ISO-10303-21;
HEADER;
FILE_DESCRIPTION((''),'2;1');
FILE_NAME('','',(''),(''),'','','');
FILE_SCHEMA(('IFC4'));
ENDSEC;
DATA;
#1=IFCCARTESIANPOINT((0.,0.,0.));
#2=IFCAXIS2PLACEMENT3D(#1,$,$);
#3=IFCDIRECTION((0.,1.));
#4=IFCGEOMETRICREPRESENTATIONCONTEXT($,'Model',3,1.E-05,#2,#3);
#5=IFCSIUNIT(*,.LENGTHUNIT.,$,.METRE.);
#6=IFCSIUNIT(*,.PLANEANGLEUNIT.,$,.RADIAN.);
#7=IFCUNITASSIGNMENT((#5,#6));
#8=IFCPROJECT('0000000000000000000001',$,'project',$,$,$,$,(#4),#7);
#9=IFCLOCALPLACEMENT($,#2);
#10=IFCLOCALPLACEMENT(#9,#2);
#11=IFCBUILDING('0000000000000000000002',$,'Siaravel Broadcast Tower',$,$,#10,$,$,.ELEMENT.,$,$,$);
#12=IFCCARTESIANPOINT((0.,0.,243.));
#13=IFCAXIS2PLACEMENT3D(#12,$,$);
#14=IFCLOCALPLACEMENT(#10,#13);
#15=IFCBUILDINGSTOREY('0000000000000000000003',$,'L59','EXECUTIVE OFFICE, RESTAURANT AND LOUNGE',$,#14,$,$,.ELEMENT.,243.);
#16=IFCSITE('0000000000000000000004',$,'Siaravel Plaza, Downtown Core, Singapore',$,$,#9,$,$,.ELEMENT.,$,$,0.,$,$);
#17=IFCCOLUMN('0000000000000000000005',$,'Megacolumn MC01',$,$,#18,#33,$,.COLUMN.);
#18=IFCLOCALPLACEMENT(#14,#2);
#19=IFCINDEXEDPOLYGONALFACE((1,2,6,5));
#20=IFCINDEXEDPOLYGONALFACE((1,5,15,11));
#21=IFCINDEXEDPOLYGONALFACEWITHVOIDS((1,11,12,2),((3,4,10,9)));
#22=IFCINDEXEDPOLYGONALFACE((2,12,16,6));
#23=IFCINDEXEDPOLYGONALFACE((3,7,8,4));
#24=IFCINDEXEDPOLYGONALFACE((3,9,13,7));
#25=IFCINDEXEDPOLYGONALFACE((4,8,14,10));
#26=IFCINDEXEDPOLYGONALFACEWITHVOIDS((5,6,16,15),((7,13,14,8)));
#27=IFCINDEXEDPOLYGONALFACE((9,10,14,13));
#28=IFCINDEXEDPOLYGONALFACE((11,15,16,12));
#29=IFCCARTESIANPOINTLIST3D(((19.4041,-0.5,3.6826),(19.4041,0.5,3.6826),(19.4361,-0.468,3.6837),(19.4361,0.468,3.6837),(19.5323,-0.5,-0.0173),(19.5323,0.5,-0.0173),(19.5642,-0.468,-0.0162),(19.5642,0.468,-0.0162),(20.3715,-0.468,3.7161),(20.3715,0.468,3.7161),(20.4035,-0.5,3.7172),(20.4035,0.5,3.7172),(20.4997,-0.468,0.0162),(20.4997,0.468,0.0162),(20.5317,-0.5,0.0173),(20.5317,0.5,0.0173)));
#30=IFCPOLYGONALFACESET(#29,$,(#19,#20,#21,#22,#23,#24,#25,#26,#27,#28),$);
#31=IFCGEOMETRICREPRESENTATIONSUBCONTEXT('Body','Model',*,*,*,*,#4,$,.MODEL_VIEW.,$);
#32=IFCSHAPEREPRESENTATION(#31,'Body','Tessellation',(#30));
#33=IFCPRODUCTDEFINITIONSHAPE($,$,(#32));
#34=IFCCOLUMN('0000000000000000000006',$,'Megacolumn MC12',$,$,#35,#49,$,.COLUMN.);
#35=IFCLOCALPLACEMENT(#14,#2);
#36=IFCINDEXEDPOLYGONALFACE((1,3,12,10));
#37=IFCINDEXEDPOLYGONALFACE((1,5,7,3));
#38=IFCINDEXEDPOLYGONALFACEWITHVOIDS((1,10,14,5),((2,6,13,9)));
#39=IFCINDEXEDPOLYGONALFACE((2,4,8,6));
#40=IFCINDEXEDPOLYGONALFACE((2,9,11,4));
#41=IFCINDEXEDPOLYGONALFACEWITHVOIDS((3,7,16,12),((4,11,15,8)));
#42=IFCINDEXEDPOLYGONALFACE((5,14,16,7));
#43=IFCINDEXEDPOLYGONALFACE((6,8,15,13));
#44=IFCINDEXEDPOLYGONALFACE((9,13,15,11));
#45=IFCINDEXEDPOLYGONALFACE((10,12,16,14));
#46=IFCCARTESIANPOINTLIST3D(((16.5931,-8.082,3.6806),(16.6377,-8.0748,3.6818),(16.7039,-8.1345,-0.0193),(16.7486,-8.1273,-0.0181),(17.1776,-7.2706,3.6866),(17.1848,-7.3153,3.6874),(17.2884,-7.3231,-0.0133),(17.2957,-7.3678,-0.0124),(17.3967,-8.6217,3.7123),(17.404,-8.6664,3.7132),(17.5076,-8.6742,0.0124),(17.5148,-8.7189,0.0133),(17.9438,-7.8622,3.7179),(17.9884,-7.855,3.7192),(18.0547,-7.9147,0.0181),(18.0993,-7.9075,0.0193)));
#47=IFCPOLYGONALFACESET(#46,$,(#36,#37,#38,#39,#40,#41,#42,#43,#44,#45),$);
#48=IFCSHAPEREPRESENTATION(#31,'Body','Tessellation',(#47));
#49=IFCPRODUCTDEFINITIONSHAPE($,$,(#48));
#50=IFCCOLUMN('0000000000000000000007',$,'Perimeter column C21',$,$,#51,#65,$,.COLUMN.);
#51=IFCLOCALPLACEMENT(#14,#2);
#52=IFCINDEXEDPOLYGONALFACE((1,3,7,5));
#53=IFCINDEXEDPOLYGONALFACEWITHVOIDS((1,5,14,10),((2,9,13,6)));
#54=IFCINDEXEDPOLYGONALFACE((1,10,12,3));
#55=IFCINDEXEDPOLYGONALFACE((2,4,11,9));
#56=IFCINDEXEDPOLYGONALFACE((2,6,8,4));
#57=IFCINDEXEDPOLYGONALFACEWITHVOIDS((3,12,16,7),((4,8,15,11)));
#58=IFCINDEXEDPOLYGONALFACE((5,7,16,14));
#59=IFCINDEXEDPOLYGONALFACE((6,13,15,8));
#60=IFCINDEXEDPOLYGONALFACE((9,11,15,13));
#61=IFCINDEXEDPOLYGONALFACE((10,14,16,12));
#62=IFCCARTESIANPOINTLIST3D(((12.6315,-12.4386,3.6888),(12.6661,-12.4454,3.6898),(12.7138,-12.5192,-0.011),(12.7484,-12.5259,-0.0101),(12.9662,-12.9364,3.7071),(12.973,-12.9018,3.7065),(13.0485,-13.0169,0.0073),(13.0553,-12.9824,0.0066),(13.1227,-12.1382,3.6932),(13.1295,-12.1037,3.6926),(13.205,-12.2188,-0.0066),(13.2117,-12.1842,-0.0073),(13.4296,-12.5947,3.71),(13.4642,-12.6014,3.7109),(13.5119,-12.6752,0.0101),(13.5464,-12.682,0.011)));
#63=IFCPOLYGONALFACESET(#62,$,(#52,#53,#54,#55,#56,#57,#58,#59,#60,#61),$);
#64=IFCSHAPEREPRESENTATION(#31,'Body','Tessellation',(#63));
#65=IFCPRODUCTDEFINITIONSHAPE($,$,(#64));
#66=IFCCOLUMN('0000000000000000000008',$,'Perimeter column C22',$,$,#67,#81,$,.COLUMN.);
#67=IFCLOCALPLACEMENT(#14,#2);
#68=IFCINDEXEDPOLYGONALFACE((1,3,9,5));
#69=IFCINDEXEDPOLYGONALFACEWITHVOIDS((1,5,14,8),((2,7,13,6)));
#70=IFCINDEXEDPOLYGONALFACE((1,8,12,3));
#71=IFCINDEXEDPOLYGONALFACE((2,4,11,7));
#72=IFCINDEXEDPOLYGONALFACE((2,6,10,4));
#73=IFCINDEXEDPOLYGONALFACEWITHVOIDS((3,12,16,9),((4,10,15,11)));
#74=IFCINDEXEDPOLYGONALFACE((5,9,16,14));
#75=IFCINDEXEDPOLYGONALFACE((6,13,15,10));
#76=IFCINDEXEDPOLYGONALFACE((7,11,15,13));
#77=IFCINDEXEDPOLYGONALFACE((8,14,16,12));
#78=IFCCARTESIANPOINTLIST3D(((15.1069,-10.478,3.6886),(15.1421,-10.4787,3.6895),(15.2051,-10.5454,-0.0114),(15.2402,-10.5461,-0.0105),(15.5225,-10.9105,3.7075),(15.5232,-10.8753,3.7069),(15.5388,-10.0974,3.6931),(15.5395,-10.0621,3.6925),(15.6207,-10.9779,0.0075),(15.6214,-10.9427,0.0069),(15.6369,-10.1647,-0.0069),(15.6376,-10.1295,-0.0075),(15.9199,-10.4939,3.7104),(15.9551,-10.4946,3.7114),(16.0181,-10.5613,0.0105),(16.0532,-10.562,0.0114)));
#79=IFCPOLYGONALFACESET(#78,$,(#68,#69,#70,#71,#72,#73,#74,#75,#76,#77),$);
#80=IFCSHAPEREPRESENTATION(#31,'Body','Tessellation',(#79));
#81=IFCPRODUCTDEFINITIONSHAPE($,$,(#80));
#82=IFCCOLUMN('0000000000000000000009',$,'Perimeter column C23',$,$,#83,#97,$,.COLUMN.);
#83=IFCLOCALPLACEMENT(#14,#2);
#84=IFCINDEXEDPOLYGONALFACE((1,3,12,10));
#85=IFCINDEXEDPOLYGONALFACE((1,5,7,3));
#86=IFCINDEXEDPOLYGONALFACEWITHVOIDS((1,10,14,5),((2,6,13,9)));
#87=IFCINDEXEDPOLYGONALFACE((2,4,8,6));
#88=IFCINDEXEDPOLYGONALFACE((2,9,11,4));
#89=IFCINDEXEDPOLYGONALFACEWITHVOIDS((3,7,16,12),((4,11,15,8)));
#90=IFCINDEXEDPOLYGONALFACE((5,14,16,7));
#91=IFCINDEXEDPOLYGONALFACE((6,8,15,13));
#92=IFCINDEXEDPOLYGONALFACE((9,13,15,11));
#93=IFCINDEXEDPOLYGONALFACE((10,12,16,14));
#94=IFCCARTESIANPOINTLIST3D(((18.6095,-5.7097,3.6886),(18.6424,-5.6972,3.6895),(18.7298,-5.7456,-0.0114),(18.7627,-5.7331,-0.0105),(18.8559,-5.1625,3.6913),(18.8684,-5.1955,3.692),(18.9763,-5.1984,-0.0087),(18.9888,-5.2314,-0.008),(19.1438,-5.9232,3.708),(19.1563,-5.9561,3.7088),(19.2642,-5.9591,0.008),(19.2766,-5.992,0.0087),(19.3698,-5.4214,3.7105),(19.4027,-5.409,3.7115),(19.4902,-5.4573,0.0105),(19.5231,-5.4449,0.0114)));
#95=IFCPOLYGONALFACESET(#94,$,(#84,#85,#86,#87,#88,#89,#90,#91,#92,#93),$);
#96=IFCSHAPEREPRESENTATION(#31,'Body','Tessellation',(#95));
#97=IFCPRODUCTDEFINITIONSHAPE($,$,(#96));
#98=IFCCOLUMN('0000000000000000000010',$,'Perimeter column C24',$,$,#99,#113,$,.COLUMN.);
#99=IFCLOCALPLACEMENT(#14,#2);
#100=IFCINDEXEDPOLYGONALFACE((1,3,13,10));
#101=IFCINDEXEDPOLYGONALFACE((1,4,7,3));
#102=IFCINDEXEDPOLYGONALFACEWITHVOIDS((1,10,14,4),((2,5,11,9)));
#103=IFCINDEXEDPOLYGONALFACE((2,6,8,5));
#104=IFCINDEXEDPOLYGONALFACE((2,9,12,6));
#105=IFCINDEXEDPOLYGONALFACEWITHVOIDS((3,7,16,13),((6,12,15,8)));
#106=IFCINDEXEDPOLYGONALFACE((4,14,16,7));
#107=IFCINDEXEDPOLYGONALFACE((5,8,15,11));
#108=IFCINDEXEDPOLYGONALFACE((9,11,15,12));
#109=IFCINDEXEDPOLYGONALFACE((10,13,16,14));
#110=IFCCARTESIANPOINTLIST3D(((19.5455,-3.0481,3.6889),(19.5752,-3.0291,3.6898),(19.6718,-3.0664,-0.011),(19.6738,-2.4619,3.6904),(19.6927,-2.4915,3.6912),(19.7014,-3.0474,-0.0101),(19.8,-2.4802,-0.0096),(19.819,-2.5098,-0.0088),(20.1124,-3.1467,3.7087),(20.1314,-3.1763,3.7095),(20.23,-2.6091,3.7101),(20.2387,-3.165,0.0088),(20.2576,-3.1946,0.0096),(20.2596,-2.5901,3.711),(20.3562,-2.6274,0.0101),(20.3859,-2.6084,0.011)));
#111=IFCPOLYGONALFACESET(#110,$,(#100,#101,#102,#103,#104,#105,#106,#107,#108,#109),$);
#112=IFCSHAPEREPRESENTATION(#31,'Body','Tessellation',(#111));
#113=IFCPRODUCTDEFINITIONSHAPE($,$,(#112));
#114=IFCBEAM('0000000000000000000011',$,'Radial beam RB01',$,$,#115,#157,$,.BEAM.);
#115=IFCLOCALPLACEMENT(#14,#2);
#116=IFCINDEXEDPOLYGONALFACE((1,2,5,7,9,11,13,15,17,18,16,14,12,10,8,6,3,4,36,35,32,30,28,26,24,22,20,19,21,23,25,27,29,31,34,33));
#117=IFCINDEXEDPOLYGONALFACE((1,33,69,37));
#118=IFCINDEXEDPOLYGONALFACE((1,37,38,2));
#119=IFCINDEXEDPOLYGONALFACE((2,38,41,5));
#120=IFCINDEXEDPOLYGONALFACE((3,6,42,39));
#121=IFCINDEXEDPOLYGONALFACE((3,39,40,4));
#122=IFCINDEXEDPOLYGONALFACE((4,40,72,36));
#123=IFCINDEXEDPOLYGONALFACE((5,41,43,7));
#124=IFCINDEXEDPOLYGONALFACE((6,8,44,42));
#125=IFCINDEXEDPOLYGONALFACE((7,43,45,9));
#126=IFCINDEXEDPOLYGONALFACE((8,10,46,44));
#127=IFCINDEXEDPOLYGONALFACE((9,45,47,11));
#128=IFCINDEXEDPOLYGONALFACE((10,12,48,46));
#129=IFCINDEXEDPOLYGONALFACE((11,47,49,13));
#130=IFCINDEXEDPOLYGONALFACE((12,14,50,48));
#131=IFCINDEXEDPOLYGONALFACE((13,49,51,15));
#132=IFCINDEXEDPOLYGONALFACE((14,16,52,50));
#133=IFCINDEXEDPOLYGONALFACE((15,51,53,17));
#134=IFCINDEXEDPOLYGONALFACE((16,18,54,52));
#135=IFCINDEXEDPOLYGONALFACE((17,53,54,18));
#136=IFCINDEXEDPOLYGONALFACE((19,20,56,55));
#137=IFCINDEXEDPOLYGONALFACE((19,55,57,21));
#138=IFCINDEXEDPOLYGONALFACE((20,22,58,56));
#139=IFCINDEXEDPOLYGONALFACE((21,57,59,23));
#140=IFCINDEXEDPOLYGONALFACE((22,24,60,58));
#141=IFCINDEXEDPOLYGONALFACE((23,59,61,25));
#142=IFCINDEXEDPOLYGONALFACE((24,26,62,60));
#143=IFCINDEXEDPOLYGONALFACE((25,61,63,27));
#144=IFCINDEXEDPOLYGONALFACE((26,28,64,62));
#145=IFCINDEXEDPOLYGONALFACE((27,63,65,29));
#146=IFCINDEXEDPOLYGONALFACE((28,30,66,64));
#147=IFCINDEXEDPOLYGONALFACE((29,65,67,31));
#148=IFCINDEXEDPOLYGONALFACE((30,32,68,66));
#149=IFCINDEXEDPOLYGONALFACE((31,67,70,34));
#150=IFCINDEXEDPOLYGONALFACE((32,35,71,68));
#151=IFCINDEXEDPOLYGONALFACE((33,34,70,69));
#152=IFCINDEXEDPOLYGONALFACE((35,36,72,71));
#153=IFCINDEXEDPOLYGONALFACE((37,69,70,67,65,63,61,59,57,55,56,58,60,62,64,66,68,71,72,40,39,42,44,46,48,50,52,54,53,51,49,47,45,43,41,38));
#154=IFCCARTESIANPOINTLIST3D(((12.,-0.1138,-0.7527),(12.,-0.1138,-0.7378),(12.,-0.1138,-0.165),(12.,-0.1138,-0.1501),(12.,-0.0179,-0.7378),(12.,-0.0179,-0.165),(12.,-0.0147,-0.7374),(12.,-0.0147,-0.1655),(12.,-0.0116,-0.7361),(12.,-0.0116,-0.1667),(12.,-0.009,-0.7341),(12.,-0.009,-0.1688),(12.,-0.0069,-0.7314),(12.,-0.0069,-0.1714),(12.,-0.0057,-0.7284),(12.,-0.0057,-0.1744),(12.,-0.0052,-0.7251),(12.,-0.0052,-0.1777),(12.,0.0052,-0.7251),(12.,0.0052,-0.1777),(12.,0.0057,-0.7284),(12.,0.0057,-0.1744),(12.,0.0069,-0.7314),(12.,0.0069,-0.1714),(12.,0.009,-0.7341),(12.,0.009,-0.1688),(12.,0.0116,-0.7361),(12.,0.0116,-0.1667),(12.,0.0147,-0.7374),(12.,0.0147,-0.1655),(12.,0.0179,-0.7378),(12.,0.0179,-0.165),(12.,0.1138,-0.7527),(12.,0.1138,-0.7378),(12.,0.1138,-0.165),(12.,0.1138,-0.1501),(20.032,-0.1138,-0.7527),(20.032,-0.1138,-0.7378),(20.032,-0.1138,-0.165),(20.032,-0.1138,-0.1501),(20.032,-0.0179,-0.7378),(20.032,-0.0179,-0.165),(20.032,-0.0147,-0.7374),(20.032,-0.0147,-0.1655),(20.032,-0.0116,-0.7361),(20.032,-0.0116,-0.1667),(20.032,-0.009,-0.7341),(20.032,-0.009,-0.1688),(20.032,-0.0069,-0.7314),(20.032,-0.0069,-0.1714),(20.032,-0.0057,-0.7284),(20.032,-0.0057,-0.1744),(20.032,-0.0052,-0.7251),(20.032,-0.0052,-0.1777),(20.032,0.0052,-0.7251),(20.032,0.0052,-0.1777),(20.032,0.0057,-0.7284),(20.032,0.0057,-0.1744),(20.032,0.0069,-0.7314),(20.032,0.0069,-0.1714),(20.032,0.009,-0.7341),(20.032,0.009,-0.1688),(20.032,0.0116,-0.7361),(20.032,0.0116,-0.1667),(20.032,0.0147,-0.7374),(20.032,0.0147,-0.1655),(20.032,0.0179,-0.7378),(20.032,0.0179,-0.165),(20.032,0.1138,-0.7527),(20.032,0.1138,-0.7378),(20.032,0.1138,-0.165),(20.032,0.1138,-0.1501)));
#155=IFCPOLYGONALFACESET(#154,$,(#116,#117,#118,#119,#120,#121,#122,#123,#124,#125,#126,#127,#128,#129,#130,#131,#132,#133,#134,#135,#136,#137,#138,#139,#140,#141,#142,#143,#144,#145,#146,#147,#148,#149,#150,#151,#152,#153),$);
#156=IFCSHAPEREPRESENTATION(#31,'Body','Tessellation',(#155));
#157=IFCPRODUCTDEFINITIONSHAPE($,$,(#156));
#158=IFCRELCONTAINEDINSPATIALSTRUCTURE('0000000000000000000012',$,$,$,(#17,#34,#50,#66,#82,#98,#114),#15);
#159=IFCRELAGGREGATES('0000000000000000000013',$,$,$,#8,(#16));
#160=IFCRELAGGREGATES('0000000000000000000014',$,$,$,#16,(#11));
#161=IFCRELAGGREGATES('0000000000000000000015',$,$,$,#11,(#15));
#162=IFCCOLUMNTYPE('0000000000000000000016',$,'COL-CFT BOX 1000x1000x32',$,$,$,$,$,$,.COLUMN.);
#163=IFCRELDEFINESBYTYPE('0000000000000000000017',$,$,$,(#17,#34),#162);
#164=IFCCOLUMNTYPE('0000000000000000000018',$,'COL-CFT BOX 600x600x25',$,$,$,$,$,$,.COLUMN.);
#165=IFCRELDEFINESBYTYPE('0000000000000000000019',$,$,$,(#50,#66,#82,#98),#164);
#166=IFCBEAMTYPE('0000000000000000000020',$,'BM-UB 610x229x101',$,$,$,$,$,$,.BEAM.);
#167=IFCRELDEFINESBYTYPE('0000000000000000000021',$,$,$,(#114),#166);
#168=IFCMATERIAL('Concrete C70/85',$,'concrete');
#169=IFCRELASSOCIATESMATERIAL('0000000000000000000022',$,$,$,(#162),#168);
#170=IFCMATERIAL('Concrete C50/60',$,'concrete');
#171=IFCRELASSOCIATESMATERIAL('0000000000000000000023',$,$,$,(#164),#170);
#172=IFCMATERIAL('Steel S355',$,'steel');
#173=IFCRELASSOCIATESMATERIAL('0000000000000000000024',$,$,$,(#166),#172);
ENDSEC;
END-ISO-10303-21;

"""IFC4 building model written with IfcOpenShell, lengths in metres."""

from ifc_helpers import new_model, si_unit, direction, frame, origin, origin_2d, place, context, subcontext, project, spatial, hollow_rectangle, i_section, extrude, material, material_profile, profile_set, type_object, element, save


model = new_model("IFC4")

# Units and contexts
model_context = context("Model", 3, precision=1e-05, world=origin(), true_north=direction((0.0, 1.0)))
body_context = subcontext(model_context, "Body", "Model", "MODEL_VIEW")
ifc_project = project(units=[si_unit("LENGTHUNIT", "METRE"), si_unit("PLANEANGLEUNIT", "RADIAN")], contexts=[model_context])

# Site, building, storey
site_placement = place(None, origin())
site = spatial("IfcSite", under=ifc_project, at=site_placement, Name="Siaravel Plaza, Downtown Core, Singapore", CompositionType="ELEMENT", RefElevation=0.0)
building_placement = place(site_placement, origin())
building = spatial("IfcBuilding", under=site, at=building_placement, Name="Siaravel Broadcast Tower", CompositionType="ELEMENT")
storey_placement = place(building_placement, frame((0.0, 0.0, 243.0)))
storey = spatial("IfcBuildingStorey", under=building, at=storey_placement, Name="L59", Description="EXECUTIVE OFFICE, RESTAURANT AND LOUNGE", CompositionType="ELEMENT", Elevation=243.0)

# Columns
ifc_material_1 = material(Name="Concrete C70/85", Category="concrete")
ifc_material_profile_1 = material_profile(ifc_material_1, hollow_rectangle(XDim=1.0, YDim=1.0, WallThickness=0.032, at=origin_2d()))
ifc_profile_set_1 = profile_set([ifc_material_profile_1], Name="Concrete C70/85")
column_type_1 = type_object("IfcColumnType", Name="COL-CFT BOX 1000x1000x32", PredefinedType="COLUMN", material=ifc_profile_set_1)
column_1_placement = place(storey_placement, frame((20.032, 0.0, 0.0), z_axis=(-0.034621, 0.0, 0.999401), x_axis=(0.0, -1.0, 0.0)))
element("IfcColumn", 1, at=column_1_placement, inside=storey, type_object=column_type_1, Name="Megacolumn MC01", PredefinedType="COLUMN", context=body_context, shape_type="SweptSolid", body=[
    extrude(hollow_rectangle(XDim=1.0, YDim=1.0, WallThickness=0.032, at=origin_2d()), origin(), (0.0, 0.0, 1.0), 3.7021),
])
column_2_placement = place(storey_placement, frame((17.4016, -8.021, 0.0), z_axis=(-0.029941, 0.014179, 0.999451), x_axis=(-0.584468, -0.811395, -0.005998)))
element("IfcColumn", 2, at=column_2_placement, inside=storey, type_object=column_type_1, Name="Megacolumn MC12", PredefinedType="COLUMN", context=body_context, shape_type="SweptSolid", body=[
    extrude(hollow_rectangle(XDim=1.0, YDim=1.0, WallThickness=0.032, at=origin_2d()), origin(), (0.0, 0.0, 1.0), 3.7019),
])
ifc_material_2 = material(Name="Concrete C50/60", Category="concrete")
ifc_material_profile_2 = material_profile(ifc_material_2, hollow_rectangle(XDim=0.6001, YDim=0.6001, WallThickness=0.0249, at=origin_2d()))
ifc_profile_set_2 = profile_set([ifc_material_profile_2], Name="Concrete C50/60")
column_type_2 = type_object("IfcColumnType", Name="COL-CFT BOX 600x600x25", PredefinedType="COLUMN", material=ifc_profile_set_2)
column_3_placement = place(storey_placement, frame((13.1301, -12.6006, 0.0), z_axis=(-0.022226, 0.021764, 0.999516), x_axis=(-0.829716, -0.558151, -0.006297)))
element("IfcColumn", 3, at=column_3_placement, inside=storey, type_object=column_type_2, Name="Perimeter column C21", PredefinedType="COLUMN", context=body_context, shape_type="SweptSolid", body=[
    extrude(hollow_rectangle(XDim=0.6001, YDim=0.6001, WallThickness=0.0249, at=origin_2d()), origin(), (0.0, 0.0, 1.0), 3.7017),
])
column_4_placement = place(storey_placement, frame((15.6292, -10.5537, 0.0), z_axis=(-0.026512, 0.018202, 0.999483), x_axis=(-0.720867, -0.693043, -0.0065)))
element("IfcColumn", 4, at=column_4_placement, inside=storey, type_object=column_type_2, Name="Perimeter column C22", PredefinedType="COLUMN", context=body_context, shape_type="SweptSolid", body=[
    extrude(hollow_rectangle(XDim=0.6001, YDim=0.6001, WallThickness=0.0249, at=origin_2d()), origin(), (0.0, 0.0, 1.0), 3.7019),
])
for number, where, z_axis, x_axis, name in (
    (5, (19.1265, -5.5952, 0.0), (-0.032512, 0.009694, 0.999424), (-0.410713, -0.911754, -0.004517), "Perimeter column C23"),
    (6, (20.0288, -2.8374, 0.0), (-0.034094, 0.004946, 0.999406), (-0.213657, -0.976906, -0.002454), "Perimeter column C24"),
):
    element("IfcColumn", number, at=place(storey_placement, frame(where, z_axis=z_axis, x_axis=x_axis)), inside=storey, type_object=column_type_2, Name=name, PredefinedType="COLUMN", context=body_context, shape_type="SweptSolid", body=[
        extrude(hollow_rectangle(XDim=0.6001, YDim=0.6001, WallThickness=0.0249, at=origin_2d()), origin(), (0.0, 0.0, 1.0), 3.7021),
    ])

# Beam
ifc_material_3 = material(Name="Steel S355", Category="steel")
ifc_material_profile_3 = material_profile(ifc_material_3, i_section(OverallWidth=0.2275, OverallDepth=0.6025, WebThickness=0.0105, FlangeThickness=0.0149, FilletRadius=0.0127, at=origin_2d()))
ifc_profile_set_3 = profile_set([ifc_material_profile_3], Name="Steel S355")
beam_type = type_object("IfcBeamType", Name="BM-UB 610x229x101", PredefinedType="BEAM", material=ifc_profile_set_3)
beam_1_placement = place(storey_placement, frame((20.032, 0.0, -0.4514), z_axis=(-1.0, 0.0, 0.0), x_axis=(0.0, -1.0, 0.0)))
element("IfcBeam", 7, at=beam_1_placement, inside=storey, type_object=beam_type, Name="Radial beam RB01", PredefinedType="BEAM", context=body_context, shape_type="SweptSolid", body=[
    extrude(i_section(OverallWidth=0.2275, OverallDepth=0.6025, WebThickness=0.0105, FlangeThickness=0.0149, FilletRadius=0.0127, at=origin_2d()), origin(), (0.0, 0.0, 1.0), 8.032),
])

save(model, "model.ifc")
